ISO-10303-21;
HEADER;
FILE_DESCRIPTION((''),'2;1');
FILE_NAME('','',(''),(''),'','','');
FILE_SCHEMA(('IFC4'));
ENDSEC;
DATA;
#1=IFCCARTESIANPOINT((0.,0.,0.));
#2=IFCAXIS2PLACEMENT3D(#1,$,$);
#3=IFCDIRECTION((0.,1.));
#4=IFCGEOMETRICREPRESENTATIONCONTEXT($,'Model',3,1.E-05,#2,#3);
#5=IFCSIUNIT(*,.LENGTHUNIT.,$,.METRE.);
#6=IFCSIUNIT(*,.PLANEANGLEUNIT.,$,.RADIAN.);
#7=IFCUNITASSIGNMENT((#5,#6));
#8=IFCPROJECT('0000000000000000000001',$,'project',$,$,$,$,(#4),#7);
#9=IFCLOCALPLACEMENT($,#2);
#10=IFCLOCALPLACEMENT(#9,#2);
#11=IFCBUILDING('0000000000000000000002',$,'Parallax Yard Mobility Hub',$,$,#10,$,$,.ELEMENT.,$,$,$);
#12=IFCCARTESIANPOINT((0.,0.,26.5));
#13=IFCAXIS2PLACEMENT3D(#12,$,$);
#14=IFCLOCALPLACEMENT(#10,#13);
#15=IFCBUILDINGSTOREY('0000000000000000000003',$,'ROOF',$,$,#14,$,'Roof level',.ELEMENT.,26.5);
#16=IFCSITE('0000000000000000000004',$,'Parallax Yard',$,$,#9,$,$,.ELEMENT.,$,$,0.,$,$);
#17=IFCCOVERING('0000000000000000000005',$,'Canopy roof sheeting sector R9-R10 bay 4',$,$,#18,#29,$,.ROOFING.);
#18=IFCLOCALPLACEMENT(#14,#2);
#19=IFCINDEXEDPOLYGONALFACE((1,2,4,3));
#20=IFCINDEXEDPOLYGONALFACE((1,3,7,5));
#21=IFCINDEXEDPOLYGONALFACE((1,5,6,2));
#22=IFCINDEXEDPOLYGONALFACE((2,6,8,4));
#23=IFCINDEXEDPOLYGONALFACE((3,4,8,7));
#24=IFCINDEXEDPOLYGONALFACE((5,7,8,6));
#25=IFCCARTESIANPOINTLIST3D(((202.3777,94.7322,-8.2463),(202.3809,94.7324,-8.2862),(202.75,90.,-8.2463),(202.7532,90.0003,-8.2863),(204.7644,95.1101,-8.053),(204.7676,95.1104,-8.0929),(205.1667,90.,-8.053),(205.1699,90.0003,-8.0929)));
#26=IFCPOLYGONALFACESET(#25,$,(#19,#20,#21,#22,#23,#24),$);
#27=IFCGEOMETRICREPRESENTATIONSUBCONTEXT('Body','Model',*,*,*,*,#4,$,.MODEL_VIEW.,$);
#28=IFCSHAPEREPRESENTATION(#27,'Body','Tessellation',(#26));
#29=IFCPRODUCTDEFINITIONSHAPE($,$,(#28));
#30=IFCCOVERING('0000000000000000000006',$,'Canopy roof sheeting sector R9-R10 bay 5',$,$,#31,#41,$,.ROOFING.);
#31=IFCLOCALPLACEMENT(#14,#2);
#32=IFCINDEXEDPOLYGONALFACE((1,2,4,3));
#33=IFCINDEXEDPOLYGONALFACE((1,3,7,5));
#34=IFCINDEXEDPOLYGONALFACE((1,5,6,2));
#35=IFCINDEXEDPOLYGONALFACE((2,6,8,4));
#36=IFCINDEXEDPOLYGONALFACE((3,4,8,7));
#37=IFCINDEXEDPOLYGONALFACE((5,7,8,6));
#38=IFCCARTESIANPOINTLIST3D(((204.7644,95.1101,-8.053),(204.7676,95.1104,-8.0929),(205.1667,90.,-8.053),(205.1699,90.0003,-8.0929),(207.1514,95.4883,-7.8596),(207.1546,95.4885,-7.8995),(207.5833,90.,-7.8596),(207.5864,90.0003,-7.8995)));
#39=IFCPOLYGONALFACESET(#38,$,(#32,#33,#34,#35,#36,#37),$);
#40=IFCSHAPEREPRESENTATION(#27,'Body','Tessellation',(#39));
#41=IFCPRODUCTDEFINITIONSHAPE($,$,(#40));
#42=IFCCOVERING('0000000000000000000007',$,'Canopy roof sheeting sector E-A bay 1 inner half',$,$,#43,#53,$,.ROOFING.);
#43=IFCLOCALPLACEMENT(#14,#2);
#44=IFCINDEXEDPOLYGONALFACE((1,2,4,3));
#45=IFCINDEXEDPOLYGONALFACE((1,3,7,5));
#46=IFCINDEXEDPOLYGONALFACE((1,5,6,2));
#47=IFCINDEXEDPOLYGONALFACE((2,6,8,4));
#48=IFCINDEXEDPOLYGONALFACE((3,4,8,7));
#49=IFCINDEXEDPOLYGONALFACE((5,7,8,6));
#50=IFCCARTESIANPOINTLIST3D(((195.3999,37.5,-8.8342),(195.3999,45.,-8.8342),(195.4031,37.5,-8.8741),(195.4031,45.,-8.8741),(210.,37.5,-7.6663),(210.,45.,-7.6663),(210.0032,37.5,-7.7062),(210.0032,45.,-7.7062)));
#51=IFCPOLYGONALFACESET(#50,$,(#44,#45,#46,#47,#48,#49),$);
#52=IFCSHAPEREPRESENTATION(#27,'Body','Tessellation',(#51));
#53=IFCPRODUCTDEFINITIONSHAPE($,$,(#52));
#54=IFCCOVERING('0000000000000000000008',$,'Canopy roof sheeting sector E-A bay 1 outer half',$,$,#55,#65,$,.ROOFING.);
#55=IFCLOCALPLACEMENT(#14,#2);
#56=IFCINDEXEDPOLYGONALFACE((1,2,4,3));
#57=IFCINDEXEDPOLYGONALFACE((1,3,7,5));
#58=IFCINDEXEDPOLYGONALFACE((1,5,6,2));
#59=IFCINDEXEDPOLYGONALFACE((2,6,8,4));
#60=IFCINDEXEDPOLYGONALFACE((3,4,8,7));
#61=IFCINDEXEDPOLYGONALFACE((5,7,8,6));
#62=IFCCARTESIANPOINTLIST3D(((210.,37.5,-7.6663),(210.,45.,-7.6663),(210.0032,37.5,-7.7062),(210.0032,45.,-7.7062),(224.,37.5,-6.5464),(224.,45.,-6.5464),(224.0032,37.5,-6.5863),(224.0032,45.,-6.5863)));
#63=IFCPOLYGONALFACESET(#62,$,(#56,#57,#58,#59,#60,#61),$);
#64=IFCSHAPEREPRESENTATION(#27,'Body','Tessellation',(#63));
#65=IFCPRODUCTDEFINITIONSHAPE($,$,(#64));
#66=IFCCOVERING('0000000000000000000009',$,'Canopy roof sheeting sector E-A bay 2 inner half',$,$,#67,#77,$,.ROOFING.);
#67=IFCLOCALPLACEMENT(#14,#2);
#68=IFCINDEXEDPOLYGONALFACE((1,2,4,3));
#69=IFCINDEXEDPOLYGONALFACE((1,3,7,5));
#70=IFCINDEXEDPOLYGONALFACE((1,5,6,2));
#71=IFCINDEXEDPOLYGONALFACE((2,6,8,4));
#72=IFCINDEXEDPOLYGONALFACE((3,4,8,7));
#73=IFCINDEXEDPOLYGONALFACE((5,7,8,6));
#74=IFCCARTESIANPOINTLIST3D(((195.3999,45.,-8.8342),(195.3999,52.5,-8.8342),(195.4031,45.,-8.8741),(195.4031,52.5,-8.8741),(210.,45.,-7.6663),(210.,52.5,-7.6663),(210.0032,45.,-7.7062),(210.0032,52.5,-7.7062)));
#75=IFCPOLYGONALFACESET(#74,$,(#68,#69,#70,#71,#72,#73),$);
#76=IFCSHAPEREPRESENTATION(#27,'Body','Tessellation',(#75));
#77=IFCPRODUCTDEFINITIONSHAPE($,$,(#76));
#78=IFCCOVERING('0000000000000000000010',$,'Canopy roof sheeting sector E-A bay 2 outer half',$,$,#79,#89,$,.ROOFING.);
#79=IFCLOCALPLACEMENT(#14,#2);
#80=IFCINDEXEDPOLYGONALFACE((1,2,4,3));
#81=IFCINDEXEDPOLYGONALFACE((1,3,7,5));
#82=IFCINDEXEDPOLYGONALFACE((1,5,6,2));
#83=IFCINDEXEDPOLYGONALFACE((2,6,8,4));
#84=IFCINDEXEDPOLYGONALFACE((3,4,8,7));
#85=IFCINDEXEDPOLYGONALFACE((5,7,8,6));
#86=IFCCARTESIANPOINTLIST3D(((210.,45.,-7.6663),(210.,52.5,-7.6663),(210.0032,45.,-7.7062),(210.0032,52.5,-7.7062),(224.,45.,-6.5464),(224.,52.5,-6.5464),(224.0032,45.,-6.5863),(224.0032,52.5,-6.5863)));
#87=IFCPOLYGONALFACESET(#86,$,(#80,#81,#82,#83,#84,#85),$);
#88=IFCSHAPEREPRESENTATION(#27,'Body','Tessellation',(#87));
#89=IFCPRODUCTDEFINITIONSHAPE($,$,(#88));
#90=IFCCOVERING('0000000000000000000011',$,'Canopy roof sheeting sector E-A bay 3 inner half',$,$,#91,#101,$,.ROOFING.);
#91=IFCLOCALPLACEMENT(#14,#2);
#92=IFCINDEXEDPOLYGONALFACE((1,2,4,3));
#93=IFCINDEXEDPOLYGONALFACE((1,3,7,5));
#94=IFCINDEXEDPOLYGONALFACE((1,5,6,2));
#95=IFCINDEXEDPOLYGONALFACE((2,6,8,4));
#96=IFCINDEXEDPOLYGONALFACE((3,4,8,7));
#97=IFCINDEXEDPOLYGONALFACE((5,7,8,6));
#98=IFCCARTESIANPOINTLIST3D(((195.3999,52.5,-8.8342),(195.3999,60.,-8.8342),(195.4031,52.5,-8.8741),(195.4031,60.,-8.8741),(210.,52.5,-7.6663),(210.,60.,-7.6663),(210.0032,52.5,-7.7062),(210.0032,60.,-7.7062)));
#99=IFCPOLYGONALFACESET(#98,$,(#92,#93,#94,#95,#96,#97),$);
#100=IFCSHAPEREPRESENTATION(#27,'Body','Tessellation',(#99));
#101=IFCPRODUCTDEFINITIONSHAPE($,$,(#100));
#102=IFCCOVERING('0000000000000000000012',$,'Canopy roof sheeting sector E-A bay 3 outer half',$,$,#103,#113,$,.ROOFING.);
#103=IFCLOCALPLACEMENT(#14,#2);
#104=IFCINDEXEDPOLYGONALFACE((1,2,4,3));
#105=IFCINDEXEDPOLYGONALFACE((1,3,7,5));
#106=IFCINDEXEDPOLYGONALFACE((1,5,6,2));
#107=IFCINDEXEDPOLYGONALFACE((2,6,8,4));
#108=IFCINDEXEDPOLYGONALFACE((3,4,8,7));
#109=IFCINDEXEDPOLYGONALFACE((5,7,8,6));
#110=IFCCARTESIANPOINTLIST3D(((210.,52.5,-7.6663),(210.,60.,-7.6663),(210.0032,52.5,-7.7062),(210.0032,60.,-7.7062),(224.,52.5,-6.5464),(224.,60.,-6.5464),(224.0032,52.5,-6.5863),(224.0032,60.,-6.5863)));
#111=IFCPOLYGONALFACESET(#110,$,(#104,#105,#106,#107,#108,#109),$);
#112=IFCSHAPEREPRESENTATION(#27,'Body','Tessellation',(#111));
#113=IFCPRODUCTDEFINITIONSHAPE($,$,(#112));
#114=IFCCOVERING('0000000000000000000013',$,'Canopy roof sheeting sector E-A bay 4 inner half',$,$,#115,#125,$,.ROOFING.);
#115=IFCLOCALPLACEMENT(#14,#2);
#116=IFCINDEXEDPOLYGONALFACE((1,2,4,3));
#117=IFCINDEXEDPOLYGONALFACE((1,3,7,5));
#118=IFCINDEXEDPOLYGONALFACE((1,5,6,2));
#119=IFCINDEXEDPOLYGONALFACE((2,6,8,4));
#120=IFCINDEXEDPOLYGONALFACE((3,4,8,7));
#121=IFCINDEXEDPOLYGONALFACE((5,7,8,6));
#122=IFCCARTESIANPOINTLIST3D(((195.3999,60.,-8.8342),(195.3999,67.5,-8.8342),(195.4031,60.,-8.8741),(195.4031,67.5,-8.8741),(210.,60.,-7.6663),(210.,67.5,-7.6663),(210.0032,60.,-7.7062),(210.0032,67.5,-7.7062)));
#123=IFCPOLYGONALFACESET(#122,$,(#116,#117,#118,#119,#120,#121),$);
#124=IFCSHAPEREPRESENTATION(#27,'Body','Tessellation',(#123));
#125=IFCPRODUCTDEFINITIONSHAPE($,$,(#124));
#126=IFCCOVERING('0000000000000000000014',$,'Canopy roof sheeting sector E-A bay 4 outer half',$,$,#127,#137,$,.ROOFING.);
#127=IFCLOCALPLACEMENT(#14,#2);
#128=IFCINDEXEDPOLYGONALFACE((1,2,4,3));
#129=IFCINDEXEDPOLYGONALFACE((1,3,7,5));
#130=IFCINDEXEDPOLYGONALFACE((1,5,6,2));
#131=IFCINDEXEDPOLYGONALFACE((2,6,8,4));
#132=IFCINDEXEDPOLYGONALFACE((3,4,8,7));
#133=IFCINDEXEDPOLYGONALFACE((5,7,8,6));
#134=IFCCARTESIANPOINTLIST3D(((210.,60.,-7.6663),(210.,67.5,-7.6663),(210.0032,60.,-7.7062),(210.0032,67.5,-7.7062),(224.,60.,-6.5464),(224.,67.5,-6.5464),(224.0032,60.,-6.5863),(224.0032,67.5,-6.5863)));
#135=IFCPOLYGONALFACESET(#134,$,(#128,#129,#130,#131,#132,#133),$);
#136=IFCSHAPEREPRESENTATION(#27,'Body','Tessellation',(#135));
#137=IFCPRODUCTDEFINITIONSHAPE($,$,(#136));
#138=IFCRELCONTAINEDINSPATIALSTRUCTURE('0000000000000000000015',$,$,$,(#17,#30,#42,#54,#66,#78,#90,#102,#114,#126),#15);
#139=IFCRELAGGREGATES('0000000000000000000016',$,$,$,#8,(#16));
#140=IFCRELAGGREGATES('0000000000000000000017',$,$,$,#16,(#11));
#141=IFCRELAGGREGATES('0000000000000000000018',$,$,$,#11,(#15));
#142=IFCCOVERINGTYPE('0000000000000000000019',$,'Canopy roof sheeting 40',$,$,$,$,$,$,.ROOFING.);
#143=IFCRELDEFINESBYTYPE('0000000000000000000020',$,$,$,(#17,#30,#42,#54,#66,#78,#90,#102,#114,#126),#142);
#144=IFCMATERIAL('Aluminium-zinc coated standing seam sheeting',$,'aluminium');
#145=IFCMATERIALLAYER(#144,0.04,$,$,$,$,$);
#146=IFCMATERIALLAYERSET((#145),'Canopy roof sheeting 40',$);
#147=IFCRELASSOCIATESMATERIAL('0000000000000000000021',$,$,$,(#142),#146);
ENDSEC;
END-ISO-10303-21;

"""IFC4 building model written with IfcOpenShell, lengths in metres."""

from ifc_helpers import new_model, si_unit, direction, frame, origin, place, context, subcontext, project, spatial, polyline, outline, extrude, material, layer, layer_set, type_object, element, save


model = new_model("IFC4")

# Units and contexts
model_context = context("Model", 3, precision=1e-05, world=origin(), true_north=direction((0.0, 1.0)))
body_context = subcontext(model_context, "Body", "Model", "MODEL_VIEW")
ifc_project = project(units=[si_unit("LENGTHUNIT", "METRE"), si_unit("PLANEANGLEUNIT", "RADIAN")], contexts=[model_context])

# Site, building, storey
site_placement = place(None, origin())
site = spatial("IfcSite", under=ifc_project, at=site_placement, Name="Parallax Yard", CompositionType="ELEMENT", RefElevation=0.0)
building_placement = place(site_placement, origin())
building = spatial("IfcBuilding", under=site, at=building_placement, Name="Parallax Yard Mobility Hub", CompositionType="ELEMENT")
storey_placement = place(building_placement, frame((0.0, 0.0, 26.5)))
storey = spatial("IfcBuildingStorey", under=building, at=storey_placement, Name="ROOF", LongName="Roof level", CompositionType="ELEMENT", Elevation=26.5)

# Shared definitions
placement = place(building_placement, frame((0.0, 0.0, 13.2)))

# Coverings
ifc_material_1 = material(Name="Aluminium-zinc coated standing seam sheeting", Category="aluminium")
ifc_layer_1 = layer(ifc_material_1, 0.04)
ifc_layer_set_1 = layer_set([ifc_layer_1], Name="Canopy roof sheeting 40")
covering_type = type_object("IfcCoveringType", Name="Canopy roof sheeting 40", PredefinedType="ROOFING", material=ifc_layer_set_1)
covering_1_placement = place(placement, frame((202.3777, 94.7322, 5.0537), z_axis=(-0.079756, -0.006277, 0.996795), x_axis=(0.078435, -0.996919, -0.000002)))
element("IfcCovering", 1, at=covering_1_placement, inside=storey, type_object=covering_type, Name="Canopy roof sheeting sector R9-R10 bay 4", PredefinedType="ROOFING", context=body_context, shape_type="SweptSolid", body=[
    extrude(outline(polyline([(0.0, 0.0), (4.7468, 0.0), (4.9364, 2.417), (-0.1896, 2.4168), (0.0, 0.0)])), origin(), (0.0, 0.0, -1.0), 0.04),
])
covering_2_placement = place(placement, frame((204.7644, 95.1101, 5.2471), z_axis=(-0.079756, -0.006278, 0.996795), x_axis=(0.078492, -0.996915, 0.000002)))
element("IfcCovering", 2, at=covering_2_placement, inside=storey, type_object=covering_type, Name="Canopy roof sheeting sector R9-R10 bay 5", PredefinedType="ROOFING", context=body_context, shape_type="SweptSolid", body=[
    extrude(outline(polyline([(0.0, 0.0), (5.1259, 0.0), (5.3156, 2.4168), (-0.1896, 2.417), (0.0, 0.0)])), origin(), (0.0, 0.0, -1.0), 0.04),
])
covering_3_placement = place(placement, frame((195.3999, 37.5, 4.4658), z_axis=(-0.079743, 0.0, 0.996815), x_axis=(0.0, 1.0, 0.0)))
element("IfcCovering", 3, at=covering_3_placement, inside=storey, type_object=covering_type, Name="Canopy roof sheeting sector E-A bay 1 inner half", PredefinedType="ROOFING", context=body_context, shape_type="SweptSolid", body=[
    extrude(outline(polyline([(0.0, 0.0), (7.5, 0.0), (7.5, -14.6467), (0.0, -14.6467), (0.0, 0.0)])), origin(), (0.0, 0.0, -1.0), 0.04),
])
covering_4_placement = place(placement, frame((210.0, 37.5, 5.6338), z_axis=(-0.079736, 0.0, 0.996816), x_axis=(0.0, 1.0, 0.0)))
element("IfcCovering", 4, at=covering_4_placement, inside=storey, type_object=covering_type, Name="Canopy roof sheeting sector E-A bay 1 outer half", PredefinedType="ROOFING", context=body_context, shape_type="SweptSolid", body=[
    extrude(outline(polyline([(0.0, 0.0), (7.5, 0.0), (7.5, -14.0447), (0.0, -14.0447), (0.0, 0.0)])), origin(), (0.0, 0.0, -1.0), 0.04),
])
covering_5_placement = place(placement, frame((195.3999, 45.0, 4.4658), z_axis=(-0.079743, 0.0, 0.996815), x_axis=(0.0, 1.0, 0.0)))
element("IfcCovering", 5, at=covering_5_placement, inside=storey, type_object=covering_type, Name="Canopy roof sheeting sector E-A bay 2 inner half", PredefinedType="ROOFING", context=body_context, shape_type="SweptSolid", body=[
    extrude(outline(polyline([(0.0, 0.0), (7.5, 0.0), (7.5, -14.6467), (0.0, -14.6467), (0.0, 0.0)])), origin(), (0.0, 0.0, -1.0), 0.04),
])
covering_6_placement = place(placement, frame((210.0, 45.0, 5.6338), z_axis=(-0.079736, 0.0, 0.996816), x_axis=(0.0, 1.0, 0.0)))
element("IfcCovering", 6, at=covering_6_placement, inside=storey, type_object=covering_type, Name="Canopy roof sheeting sector E-A bay 2 outer half", PredefinedType="ROOFING", context=body_context, shape_type="SweptSolid", body=[
    extrude(outline(polyline([(0.0, 0.0), (7.5, 0.0), (7.5, -14.0447), (0.0, -14.0447), (0.0, 0.0)])), origin(), (0.0, 0.0, -1.0), 0.04),
])
covering_7_placement = place(placement, frame((195.3999, 52.5, 4.4658), z_axis=(-0.079743, 0.0, 0.996815), x_axis=(0.0, 1.0, 0.0)))
element("IfcCovering", 7, at=covering_7_placement, inside=storey, type_object=covering_type, Name="Canopy roof sheeting sector E-A bay 3 inner half", PredefinedType="ROOFING", context=body_context, shape_type="SweptSolid", body=[
    extrude(outline(polyline([(0.0, 0.0), (7.5, 0.0), (7.5, -14.6467), (0.0, -14.6467), (0.0, 0.0)])), origin(), (0.0, 0.0, -1.0), 0.04),
])
covering_8_placement = place(placement, frame((210.0, 52.5, 5.6338), z_axis=(-0.079736, 0.0, 0.996816), x_axis=(0.0, 1.0, 0.0)))
element("IfcCovering", 8, at=covering_8_placement, inside=storey, type_object=covering_type, Name="Canopy roof sheeting sector E-A bay 3 outer half", PredefinedType="ROOFING", context=body_context, shape_type="SweptSolid", body=[
    extrude(outline(polyline([(0.0, 0.0), (7.5, 0.0), (7.5, -14.0447), (0.0, -14.0447), (0.0, 0.0)])), origin(), (0.0, 0.0, -1.0), 0.04),
])
covering_9_placement = place(placement, frame((195.3999, 60.0, 4.4658), z_axis=(-0.079743, 0.0, 0.996815), x_axis=(0.0, 1.0, 0.0)))
element("IfcCovering", 9, at=covering_9_placement, inside=storey, type_object=covering_type, Name="Canopy roof sheeting sector E-A bay 4 inner half", PredefinedType="ROOFING", context=body_context, shape_type="SweptSolid", body=[
    extrude(outline(polyline([(0.0, 0.0), (7.5, 0.0), (7.5, -14.6467), (0.0, -14.6467), (0.0, 0.0)])), origin(), (0.0, 0.0, -1.0), 0.04),
])
covering_10_placement = place(placement, frame((210.0, 60.0, 5.6338), z_axis=(-0.079736, 0.0, 0.996816), x_axis=(0.0, 1.0, 0.0)))
element("IfcCovering", 10, at=covering_10_placement, inside=storey, type_object=covering_type, Name="Canopy roof sheeting sector E-A bay 4 outer half", PredefinedType="ROOFING", context=body_context, shape_type="SweptSolid", body=[
    extrude(outline(polyline([(0.0, 0.0), (7.5, 0.0), (7.5, -14.0447), (0.0, -14.0447), (0.0, 0.0)])), origin(), (0.0, 0.0, -1.0), 0.04),
])

save(model, "model.ifc")
